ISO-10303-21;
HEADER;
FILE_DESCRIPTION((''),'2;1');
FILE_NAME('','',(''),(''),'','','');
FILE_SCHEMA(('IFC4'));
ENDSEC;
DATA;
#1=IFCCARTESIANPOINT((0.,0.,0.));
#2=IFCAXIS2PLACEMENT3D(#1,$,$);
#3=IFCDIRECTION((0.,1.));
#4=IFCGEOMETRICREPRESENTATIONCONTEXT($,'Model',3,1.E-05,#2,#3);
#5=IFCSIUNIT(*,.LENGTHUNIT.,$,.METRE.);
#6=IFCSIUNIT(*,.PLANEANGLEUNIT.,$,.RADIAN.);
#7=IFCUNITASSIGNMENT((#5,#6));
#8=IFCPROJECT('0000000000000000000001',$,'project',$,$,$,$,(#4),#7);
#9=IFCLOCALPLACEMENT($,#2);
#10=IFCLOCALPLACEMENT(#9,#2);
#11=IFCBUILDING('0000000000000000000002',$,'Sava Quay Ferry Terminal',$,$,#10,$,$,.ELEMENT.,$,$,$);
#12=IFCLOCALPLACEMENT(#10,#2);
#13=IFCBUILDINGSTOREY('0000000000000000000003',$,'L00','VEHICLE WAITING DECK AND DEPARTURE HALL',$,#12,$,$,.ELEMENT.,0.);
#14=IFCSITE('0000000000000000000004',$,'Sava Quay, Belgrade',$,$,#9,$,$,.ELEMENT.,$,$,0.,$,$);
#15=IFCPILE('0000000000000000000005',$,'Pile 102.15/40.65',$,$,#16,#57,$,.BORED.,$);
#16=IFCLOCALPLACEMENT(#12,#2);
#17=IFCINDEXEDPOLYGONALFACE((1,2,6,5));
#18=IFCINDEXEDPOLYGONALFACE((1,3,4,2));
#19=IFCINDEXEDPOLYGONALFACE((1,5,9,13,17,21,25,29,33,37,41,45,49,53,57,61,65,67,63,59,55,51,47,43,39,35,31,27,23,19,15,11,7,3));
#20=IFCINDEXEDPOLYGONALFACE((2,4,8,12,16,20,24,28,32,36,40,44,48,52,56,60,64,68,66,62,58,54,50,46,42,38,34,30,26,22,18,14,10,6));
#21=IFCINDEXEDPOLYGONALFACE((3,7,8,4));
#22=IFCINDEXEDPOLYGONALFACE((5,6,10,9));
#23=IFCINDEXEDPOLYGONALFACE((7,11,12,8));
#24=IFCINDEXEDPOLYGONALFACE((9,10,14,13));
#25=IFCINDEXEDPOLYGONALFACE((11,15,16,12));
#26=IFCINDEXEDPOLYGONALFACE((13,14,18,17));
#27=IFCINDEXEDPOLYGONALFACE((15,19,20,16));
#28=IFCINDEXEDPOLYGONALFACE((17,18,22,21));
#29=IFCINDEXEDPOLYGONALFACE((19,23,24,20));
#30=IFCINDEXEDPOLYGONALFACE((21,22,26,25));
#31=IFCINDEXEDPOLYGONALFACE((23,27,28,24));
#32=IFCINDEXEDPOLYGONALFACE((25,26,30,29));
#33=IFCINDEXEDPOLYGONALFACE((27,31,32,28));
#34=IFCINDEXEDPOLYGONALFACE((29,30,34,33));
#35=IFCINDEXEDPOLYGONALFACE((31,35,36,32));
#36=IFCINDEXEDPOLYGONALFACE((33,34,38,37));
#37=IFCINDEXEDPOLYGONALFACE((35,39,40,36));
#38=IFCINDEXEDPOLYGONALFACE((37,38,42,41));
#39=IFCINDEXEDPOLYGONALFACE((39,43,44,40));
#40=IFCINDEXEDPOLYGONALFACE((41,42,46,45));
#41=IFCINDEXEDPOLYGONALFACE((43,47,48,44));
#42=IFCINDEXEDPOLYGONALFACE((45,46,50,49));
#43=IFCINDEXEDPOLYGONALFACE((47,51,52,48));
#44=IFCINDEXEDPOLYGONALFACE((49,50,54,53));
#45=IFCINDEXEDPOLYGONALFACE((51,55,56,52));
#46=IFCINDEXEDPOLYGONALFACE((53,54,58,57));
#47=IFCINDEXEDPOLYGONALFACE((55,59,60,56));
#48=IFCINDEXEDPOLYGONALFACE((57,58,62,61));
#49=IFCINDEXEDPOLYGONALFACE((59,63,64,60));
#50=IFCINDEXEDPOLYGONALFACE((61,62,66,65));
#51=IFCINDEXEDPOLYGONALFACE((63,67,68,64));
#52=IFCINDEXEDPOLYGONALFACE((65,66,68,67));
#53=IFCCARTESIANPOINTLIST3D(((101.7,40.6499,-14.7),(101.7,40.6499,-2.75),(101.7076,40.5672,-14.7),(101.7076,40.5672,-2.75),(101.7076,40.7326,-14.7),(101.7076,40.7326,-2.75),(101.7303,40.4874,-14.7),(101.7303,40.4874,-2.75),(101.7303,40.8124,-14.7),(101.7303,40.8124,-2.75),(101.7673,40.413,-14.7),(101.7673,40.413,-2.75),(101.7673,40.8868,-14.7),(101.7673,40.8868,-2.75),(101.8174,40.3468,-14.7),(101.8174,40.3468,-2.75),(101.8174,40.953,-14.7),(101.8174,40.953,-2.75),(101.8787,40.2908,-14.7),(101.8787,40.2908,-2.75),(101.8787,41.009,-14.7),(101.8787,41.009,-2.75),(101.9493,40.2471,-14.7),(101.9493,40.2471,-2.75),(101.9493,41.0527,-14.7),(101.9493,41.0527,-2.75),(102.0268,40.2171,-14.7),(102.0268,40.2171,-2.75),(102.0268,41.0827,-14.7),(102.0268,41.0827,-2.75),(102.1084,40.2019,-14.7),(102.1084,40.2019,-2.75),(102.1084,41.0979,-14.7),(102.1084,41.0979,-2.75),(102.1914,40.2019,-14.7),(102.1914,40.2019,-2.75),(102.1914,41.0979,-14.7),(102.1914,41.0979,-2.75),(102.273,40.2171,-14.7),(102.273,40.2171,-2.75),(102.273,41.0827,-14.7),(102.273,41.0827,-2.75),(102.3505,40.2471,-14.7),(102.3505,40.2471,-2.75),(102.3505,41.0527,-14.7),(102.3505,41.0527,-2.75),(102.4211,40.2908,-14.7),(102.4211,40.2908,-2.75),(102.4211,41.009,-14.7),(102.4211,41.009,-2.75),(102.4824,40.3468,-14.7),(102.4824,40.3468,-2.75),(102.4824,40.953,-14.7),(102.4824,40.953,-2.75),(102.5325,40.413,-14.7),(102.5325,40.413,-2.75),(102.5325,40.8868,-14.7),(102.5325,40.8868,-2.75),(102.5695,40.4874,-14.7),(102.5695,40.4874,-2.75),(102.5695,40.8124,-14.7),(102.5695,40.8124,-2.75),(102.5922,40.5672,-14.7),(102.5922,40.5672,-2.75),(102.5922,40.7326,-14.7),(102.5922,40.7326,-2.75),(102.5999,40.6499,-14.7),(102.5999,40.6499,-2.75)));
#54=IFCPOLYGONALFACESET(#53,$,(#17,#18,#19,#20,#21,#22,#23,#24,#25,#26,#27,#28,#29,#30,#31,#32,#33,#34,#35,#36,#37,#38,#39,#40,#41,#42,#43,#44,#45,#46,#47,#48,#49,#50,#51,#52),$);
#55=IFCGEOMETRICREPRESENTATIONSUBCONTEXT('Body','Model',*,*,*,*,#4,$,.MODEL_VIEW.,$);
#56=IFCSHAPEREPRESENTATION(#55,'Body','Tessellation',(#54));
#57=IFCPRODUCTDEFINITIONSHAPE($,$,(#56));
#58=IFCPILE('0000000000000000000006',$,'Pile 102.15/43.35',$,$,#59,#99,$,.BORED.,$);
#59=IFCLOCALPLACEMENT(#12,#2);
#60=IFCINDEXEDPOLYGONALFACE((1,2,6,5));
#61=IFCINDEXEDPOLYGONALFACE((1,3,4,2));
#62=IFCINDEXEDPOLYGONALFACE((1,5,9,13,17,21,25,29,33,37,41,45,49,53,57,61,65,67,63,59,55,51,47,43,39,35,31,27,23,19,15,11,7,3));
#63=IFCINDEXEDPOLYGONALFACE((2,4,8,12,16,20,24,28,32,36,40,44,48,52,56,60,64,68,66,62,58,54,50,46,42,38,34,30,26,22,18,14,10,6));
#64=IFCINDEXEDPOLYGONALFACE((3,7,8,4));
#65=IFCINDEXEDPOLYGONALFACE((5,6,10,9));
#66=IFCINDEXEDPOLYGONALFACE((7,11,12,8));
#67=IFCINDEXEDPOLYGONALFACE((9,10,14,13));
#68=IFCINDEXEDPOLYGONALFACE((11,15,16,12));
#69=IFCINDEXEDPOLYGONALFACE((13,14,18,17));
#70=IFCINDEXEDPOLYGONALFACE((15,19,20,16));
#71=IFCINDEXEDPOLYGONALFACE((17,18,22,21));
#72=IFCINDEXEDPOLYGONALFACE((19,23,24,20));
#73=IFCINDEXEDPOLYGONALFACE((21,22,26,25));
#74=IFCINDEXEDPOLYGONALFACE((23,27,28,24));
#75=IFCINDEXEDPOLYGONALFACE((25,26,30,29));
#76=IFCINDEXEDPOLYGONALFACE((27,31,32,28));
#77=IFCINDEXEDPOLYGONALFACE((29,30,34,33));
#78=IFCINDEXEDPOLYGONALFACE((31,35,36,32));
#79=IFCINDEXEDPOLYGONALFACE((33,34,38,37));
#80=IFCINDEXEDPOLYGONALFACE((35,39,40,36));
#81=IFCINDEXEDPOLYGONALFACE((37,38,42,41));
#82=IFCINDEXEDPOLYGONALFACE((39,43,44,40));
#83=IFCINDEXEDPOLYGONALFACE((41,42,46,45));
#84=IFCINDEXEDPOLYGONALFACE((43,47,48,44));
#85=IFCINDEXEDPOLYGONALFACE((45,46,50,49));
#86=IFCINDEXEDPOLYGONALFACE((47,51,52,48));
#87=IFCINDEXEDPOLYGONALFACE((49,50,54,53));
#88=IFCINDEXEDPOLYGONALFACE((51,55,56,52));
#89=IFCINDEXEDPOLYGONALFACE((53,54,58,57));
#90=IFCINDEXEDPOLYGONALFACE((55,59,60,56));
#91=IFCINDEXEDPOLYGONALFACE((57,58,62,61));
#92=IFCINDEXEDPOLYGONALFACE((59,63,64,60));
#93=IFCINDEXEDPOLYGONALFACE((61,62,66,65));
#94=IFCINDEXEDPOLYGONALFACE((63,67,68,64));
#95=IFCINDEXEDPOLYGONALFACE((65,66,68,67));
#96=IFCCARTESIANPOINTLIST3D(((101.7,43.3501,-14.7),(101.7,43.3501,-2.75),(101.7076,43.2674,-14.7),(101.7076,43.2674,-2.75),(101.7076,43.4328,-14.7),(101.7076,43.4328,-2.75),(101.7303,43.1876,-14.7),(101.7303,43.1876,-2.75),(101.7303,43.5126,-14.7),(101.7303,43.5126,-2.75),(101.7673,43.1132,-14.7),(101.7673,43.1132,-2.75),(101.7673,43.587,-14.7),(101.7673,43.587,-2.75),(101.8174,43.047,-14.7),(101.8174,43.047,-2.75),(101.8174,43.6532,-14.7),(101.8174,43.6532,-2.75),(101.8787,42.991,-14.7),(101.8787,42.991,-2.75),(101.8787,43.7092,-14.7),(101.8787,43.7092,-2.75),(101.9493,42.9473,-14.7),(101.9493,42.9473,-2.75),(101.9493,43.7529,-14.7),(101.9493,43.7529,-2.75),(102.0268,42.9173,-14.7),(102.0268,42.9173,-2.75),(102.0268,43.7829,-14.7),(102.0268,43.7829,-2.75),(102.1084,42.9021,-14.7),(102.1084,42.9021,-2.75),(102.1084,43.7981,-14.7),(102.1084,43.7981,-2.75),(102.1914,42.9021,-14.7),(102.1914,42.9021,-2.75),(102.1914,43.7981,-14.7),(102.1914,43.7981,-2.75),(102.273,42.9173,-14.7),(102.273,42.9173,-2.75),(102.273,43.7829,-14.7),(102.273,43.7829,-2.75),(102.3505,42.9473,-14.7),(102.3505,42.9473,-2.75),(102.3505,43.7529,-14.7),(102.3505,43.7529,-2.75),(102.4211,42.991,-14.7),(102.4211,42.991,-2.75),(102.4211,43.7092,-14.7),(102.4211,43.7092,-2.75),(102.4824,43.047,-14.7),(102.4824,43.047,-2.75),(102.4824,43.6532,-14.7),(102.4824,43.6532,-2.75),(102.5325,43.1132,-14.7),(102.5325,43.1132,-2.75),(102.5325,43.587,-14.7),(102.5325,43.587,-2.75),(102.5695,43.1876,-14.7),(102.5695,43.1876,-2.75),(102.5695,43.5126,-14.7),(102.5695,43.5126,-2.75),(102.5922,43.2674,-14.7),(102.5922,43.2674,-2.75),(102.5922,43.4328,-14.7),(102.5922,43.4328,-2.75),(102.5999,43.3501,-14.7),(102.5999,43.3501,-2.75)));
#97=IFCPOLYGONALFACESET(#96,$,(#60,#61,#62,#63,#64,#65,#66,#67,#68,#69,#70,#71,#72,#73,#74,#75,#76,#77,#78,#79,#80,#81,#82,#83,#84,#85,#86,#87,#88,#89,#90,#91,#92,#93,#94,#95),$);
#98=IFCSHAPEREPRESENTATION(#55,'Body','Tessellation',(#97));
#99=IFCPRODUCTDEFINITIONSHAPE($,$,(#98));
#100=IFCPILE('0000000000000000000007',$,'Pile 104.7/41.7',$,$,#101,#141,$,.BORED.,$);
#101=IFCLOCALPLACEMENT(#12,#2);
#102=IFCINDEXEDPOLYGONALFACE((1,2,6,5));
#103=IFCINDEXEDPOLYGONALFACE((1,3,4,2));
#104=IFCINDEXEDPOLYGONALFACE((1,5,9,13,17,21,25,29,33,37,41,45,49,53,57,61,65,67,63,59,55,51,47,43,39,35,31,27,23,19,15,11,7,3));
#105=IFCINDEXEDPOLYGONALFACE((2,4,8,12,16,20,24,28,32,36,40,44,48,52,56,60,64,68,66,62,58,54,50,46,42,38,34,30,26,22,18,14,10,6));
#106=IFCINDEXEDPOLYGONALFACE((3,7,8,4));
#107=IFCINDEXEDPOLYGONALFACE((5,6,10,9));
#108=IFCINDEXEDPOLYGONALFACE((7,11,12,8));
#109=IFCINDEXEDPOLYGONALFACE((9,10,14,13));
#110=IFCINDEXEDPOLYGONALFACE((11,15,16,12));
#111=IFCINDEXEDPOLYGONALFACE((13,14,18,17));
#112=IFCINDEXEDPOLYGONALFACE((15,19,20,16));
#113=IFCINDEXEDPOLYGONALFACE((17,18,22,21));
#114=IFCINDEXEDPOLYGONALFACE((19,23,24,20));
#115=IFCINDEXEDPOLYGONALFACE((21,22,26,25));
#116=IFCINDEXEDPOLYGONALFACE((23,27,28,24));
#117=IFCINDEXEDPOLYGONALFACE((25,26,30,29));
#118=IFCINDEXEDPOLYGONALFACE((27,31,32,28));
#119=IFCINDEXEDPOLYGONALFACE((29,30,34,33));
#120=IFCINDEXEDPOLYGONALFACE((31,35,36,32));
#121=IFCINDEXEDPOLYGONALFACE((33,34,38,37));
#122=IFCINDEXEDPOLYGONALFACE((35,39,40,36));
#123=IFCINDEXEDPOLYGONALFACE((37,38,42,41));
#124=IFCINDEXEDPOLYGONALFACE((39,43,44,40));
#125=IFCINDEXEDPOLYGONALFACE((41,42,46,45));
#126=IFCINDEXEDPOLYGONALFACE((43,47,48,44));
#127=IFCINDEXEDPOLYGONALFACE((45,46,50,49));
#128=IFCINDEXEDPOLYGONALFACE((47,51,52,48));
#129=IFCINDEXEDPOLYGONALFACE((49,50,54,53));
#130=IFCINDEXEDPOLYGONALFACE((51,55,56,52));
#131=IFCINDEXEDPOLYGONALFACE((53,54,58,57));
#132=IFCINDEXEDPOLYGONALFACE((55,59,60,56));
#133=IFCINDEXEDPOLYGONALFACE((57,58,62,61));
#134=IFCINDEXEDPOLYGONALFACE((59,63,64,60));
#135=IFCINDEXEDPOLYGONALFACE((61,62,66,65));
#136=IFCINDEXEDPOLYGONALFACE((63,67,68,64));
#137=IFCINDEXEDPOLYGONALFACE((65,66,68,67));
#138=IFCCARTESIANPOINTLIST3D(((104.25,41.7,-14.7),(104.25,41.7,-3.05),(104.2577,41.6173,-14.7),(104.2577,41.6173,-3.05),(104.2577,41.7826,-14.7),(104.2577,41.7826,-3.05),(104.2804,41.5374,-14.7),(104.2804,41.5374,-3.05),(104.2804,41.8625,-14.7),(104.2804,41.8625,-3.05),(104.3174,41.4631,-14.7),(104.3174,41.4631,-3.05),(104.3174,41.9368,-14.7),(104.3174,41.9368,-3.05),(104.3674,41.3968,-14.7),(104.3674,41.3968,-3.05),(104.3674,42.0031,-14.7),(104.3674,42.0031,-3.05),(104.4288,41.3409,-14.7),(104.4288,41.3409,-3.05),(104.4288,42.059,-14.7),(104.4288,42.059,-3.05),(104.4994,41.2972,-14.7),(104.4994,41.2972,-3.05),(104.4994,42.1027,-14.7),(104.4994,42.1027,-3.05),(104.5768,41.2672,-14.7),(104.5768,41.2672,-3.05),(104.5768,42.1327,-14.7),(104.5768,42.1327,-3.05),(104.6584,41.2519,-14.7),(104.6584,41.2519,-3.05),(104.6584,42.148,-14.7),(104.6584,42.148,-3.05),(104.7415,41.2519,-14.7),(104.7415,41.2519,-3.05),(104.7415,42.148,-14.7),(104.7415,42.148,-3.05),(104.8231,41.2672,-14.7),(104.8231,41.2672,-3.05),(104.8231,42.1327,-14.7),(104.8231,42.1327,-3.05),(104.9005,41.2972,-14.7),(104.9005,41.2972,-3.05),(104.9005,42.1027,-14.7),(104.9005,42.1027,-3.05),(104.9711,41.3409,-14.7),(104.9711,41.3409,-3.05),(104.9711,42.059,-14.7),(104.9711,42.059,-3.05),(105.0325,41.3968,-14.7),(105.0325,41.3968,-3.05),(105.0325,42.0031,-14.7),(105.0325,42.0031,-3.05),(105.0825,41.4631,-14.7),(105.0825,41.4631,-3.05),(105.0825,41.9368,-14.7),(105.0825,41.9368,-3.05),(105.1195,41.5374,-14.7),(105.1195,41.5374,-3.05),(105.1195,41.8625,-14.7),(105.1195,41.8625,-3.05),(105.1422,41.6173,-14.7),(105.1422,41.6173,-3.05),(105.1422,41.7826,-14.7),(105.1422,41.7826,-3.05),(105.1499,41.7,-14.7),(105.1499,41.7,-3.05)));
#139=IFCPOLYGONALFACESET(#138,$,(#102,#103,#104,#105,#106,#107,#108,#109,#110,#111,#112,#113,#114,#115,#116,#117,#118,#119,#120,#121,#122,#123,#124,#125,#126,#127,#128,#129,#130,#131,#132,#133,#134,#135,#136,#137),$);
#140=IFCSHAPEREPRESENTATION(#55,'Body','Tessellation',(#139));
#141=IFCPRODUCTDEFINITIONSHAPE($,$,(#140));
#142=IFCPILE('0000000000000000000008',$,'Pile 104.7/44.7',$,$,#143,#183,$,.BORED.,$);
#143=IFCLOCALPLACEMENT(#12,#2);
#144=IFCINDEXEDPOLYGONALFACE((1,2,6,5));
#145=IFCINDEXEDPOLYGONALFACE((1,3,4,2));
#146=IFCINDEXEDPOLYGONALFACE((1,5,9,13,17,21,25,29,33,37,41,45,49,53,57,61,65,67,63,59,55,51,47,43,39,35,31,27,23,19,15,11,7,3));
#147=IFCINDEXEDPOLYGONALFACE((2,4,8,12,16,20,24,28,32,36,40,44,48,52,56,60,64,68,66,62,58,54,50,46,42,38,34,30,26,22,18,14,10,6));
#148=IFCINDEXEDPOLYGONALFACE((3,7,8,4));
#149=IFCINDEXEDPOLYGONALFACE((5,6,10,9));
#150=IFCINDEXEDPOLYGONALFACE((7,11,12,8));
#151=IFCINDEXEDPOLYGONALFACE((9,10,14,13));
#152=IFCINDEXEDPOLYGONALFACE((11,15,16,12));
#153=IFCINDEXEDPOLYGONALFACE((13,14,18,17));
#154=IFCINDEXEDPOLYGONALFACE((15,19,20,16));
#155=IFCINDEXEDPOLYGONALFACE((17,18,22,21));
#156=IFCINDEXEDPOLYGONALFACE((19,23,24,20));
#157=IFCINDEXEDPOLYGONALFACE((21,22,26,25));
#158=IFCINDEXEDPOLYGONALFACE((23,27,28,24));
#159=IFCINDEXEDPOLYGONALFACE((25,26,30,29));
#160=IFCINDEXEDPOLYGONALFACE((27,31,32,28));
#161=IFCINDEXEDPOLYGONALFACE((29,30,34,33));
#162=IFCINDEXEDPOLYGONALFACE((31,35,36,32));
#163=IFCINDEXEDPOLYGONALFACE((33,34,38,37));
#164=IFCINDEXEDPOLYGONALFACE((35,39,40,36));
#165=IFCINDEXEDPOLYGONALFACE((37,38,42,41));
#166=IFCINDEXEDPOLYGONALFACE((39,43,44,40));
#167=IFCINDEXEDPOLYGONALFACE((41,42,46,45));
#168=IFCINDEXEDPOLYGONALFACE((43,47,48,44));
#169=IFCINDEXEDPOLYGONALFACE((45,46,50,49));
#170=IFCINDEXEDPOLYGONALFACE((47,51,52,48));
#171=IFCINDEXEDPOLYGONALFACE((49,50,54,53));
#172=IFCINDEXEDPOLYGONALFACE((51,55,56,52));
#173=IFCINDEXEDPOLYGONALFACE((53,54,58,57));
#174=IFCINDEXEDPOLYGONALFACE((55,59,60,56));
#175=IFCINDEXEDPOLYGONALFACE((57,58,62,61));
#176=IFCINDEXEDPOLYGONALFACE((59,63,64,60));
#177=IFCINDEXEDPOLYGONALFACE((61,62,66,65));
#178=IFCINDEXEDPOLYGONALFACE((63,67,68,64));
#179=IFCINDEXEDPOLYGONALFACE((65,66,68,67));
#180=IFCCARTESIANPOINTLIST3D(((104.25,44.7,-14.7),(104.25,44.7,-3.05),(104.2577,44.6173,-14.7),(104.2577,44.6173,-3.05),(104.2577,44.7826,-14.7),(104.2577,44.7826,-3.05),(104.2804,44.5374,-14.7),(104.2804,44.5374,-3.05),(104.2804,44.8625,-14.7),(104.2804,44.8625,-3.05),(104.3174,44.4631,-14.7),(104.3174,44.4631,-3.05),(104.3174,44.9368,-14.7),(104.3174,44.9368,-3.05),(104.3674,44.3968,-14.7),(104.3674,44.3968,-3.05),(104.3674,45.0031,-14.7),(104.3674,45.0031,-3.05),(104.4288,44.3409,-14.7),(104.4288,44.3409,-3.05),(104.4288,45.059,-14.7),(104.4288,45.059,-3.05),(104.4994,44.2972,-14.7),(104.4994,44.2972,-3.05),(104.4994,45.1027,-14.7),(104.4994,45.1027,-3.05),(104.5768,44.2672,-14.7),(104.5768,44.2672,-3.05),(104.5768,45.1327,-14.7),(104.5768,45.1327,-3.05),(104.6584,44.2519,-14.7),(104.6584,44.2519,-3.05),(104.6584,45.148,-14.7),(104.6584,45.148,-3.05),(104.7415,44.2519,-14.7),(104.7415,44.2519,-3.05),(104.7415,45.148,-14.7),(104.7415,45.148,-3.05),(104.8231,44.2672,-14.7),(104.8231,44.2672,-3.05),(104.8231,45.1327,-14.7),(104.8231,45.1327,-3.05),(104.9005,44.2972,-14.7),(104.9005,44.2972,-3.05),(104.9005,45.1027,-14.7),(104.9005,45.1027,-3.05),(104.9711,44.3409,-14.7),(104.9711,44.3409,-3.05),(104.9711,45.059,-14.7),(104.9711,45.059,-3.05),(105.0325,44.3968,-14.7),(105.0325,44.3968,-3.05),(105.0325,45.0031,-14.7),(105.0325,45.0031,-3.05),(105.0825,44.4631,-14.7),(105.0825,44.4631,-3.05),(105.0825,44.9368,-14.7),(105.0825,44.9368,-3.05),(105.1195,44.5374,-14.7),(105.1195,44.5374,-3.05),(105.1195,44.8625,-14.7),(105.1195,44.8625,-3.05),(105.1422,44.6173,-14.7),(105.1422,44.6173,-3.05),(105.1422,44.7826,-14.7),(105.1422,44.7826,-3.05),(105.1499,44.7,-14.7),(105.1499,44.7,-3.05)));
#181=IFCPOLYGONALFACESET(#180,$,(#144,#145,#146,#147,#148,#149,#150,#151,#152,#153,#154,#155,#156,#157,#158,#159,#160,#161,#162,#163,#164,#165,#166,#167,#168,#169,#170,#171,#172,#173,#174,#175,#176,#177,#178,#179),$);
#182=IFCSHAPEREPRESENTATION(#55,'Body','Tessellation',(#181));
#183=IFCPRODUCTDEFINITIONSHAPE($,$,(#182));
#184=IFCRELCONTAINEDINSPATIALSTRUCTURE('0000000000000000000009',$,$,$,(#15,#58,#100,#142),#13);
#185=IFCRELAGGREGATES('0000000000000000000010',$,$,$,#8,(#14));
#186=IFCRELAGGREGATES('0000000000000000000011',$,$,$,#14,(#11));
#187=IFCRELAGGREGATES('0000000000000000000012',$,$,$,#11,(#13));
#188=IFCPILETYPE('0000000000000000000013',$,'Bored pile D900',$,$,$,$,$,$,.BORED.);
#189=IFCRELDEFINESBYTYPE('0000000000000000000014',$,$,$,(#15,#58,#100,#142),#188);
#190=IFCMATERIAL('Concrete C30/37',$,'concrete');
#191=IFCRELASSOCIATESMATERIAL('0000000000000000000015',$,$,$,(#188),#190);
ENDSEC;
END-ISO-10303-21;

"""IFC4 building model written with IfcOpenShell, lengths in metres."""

from ifc_helpers import new_model, si_unit, direction, frame, origin, origin_2d, place, context, subcontext, project, spatial, circle, extrude, material, material_profile, profile_set, type_object, element, save


model = new_model("IFC4")

# Units and contexts
model_context = context("Model", 3, precision=1e-05, world=origin(), true_north=direction((0.0, 1.0)))
body_context = subcontext(model_context, "Body", "Model", "MODEL_VIEW")
ifc_project = project(units=[si_unit("LENGTHUNIT", "METRE"), si_unit("PLANEANGLEUNIT", "RADIAN")], contexts=[model_context])

# Site, building, storey
site_placement = place(None, origin())
site = spatial("IfcSite", under=ifc_project, at=site_placement, Name="Sava Quay, Belgrade", CompositionType="ELEMENT", RefElevation=0.0)
building_placement = place(site_placement, origin())
building = spatial("IfcBuilding", under=site, at=building_placement, Name="Sava Quay Ferry Terminal", CompositionType="ELEMENT")
storey_placement = place(building_placement, origin())
storey = spatial("IfcBuildingStorey", under=building, at=storey_placement, Name="L00", Description="VEHICLE WAITING DECK AND DEPARTURE HALL", CompositionType="ELEMENT", Elevation=0.0)

# Piles
ifc_material_1 = material(Name="Concrete C30/37", Category="concrete")
ifc_material_profile_1 = material_profile(ifc_material_1, circle(Radius=0.45, at=origin_2d()), Name="Bored pile D900")
ifc_profile_set_1 = profile_set([ifc_material_profile_1], Name="Concrete C30/37")
pile_type = type_object("IfcPileType", Name="Bored pile D900", PredefinedType="BORED", material=ifc_profile_set_1)
for number, where, z_axis, x_axis, name in (
    (1, (102.1499, 40.6499, -2.75), (0.0, 0.0, -1.0), (1.0, 0.0, 0.0), "Pile 102.15/40.65"),
    (2, (102.1499, 43.3501, -2.75), (0.0, 0.0, -1.0), (1.0, 0.0, 0.0), "Pile 102.15/43.35"),
):
    element("IfcPile", number, at=place(storey_placement, frame(where, z_axis=z_axis, x_axis=x_axis)), inside=storey, type_object=pile_type, Name=name, PredefinedType="BORED", context=body_context, shape_type="SweptSolid", body=[
        extrude(circle(Radius=0.45, at=origin_2d()), origin(), (0.0, 0.0, 1.0), 11.95),
    ])
for number, where, z_axis, x_axis, name in (
    (3, (104.7, 41.7, -3.05), (0.0, 0.0, -1.0), (1.0, 0.0, 0.0), "Pile 104.7/41.7"),
    (4, (104.7, 44.7, -3.05), (0.0, 0.0, -1.0), (1.0, 0.0, 0.0), "Pile 104.7/44.7"),
):
    element("IfcPile", number, at=place(storey_placement, frame(where, z_axis=z_axis, x_axis=x_axis)), inside=storey, type_object=pile_type, Name=name, PredefinedType="BORED", context=body_context, shape_type="SweptSolid", body=[
        extrude(circle(Radius=0.45, at=origin_2d()), origin(), (0.0, 0.0, 1.0), 11.6499),
    ])

save(model, "model.ifc")
